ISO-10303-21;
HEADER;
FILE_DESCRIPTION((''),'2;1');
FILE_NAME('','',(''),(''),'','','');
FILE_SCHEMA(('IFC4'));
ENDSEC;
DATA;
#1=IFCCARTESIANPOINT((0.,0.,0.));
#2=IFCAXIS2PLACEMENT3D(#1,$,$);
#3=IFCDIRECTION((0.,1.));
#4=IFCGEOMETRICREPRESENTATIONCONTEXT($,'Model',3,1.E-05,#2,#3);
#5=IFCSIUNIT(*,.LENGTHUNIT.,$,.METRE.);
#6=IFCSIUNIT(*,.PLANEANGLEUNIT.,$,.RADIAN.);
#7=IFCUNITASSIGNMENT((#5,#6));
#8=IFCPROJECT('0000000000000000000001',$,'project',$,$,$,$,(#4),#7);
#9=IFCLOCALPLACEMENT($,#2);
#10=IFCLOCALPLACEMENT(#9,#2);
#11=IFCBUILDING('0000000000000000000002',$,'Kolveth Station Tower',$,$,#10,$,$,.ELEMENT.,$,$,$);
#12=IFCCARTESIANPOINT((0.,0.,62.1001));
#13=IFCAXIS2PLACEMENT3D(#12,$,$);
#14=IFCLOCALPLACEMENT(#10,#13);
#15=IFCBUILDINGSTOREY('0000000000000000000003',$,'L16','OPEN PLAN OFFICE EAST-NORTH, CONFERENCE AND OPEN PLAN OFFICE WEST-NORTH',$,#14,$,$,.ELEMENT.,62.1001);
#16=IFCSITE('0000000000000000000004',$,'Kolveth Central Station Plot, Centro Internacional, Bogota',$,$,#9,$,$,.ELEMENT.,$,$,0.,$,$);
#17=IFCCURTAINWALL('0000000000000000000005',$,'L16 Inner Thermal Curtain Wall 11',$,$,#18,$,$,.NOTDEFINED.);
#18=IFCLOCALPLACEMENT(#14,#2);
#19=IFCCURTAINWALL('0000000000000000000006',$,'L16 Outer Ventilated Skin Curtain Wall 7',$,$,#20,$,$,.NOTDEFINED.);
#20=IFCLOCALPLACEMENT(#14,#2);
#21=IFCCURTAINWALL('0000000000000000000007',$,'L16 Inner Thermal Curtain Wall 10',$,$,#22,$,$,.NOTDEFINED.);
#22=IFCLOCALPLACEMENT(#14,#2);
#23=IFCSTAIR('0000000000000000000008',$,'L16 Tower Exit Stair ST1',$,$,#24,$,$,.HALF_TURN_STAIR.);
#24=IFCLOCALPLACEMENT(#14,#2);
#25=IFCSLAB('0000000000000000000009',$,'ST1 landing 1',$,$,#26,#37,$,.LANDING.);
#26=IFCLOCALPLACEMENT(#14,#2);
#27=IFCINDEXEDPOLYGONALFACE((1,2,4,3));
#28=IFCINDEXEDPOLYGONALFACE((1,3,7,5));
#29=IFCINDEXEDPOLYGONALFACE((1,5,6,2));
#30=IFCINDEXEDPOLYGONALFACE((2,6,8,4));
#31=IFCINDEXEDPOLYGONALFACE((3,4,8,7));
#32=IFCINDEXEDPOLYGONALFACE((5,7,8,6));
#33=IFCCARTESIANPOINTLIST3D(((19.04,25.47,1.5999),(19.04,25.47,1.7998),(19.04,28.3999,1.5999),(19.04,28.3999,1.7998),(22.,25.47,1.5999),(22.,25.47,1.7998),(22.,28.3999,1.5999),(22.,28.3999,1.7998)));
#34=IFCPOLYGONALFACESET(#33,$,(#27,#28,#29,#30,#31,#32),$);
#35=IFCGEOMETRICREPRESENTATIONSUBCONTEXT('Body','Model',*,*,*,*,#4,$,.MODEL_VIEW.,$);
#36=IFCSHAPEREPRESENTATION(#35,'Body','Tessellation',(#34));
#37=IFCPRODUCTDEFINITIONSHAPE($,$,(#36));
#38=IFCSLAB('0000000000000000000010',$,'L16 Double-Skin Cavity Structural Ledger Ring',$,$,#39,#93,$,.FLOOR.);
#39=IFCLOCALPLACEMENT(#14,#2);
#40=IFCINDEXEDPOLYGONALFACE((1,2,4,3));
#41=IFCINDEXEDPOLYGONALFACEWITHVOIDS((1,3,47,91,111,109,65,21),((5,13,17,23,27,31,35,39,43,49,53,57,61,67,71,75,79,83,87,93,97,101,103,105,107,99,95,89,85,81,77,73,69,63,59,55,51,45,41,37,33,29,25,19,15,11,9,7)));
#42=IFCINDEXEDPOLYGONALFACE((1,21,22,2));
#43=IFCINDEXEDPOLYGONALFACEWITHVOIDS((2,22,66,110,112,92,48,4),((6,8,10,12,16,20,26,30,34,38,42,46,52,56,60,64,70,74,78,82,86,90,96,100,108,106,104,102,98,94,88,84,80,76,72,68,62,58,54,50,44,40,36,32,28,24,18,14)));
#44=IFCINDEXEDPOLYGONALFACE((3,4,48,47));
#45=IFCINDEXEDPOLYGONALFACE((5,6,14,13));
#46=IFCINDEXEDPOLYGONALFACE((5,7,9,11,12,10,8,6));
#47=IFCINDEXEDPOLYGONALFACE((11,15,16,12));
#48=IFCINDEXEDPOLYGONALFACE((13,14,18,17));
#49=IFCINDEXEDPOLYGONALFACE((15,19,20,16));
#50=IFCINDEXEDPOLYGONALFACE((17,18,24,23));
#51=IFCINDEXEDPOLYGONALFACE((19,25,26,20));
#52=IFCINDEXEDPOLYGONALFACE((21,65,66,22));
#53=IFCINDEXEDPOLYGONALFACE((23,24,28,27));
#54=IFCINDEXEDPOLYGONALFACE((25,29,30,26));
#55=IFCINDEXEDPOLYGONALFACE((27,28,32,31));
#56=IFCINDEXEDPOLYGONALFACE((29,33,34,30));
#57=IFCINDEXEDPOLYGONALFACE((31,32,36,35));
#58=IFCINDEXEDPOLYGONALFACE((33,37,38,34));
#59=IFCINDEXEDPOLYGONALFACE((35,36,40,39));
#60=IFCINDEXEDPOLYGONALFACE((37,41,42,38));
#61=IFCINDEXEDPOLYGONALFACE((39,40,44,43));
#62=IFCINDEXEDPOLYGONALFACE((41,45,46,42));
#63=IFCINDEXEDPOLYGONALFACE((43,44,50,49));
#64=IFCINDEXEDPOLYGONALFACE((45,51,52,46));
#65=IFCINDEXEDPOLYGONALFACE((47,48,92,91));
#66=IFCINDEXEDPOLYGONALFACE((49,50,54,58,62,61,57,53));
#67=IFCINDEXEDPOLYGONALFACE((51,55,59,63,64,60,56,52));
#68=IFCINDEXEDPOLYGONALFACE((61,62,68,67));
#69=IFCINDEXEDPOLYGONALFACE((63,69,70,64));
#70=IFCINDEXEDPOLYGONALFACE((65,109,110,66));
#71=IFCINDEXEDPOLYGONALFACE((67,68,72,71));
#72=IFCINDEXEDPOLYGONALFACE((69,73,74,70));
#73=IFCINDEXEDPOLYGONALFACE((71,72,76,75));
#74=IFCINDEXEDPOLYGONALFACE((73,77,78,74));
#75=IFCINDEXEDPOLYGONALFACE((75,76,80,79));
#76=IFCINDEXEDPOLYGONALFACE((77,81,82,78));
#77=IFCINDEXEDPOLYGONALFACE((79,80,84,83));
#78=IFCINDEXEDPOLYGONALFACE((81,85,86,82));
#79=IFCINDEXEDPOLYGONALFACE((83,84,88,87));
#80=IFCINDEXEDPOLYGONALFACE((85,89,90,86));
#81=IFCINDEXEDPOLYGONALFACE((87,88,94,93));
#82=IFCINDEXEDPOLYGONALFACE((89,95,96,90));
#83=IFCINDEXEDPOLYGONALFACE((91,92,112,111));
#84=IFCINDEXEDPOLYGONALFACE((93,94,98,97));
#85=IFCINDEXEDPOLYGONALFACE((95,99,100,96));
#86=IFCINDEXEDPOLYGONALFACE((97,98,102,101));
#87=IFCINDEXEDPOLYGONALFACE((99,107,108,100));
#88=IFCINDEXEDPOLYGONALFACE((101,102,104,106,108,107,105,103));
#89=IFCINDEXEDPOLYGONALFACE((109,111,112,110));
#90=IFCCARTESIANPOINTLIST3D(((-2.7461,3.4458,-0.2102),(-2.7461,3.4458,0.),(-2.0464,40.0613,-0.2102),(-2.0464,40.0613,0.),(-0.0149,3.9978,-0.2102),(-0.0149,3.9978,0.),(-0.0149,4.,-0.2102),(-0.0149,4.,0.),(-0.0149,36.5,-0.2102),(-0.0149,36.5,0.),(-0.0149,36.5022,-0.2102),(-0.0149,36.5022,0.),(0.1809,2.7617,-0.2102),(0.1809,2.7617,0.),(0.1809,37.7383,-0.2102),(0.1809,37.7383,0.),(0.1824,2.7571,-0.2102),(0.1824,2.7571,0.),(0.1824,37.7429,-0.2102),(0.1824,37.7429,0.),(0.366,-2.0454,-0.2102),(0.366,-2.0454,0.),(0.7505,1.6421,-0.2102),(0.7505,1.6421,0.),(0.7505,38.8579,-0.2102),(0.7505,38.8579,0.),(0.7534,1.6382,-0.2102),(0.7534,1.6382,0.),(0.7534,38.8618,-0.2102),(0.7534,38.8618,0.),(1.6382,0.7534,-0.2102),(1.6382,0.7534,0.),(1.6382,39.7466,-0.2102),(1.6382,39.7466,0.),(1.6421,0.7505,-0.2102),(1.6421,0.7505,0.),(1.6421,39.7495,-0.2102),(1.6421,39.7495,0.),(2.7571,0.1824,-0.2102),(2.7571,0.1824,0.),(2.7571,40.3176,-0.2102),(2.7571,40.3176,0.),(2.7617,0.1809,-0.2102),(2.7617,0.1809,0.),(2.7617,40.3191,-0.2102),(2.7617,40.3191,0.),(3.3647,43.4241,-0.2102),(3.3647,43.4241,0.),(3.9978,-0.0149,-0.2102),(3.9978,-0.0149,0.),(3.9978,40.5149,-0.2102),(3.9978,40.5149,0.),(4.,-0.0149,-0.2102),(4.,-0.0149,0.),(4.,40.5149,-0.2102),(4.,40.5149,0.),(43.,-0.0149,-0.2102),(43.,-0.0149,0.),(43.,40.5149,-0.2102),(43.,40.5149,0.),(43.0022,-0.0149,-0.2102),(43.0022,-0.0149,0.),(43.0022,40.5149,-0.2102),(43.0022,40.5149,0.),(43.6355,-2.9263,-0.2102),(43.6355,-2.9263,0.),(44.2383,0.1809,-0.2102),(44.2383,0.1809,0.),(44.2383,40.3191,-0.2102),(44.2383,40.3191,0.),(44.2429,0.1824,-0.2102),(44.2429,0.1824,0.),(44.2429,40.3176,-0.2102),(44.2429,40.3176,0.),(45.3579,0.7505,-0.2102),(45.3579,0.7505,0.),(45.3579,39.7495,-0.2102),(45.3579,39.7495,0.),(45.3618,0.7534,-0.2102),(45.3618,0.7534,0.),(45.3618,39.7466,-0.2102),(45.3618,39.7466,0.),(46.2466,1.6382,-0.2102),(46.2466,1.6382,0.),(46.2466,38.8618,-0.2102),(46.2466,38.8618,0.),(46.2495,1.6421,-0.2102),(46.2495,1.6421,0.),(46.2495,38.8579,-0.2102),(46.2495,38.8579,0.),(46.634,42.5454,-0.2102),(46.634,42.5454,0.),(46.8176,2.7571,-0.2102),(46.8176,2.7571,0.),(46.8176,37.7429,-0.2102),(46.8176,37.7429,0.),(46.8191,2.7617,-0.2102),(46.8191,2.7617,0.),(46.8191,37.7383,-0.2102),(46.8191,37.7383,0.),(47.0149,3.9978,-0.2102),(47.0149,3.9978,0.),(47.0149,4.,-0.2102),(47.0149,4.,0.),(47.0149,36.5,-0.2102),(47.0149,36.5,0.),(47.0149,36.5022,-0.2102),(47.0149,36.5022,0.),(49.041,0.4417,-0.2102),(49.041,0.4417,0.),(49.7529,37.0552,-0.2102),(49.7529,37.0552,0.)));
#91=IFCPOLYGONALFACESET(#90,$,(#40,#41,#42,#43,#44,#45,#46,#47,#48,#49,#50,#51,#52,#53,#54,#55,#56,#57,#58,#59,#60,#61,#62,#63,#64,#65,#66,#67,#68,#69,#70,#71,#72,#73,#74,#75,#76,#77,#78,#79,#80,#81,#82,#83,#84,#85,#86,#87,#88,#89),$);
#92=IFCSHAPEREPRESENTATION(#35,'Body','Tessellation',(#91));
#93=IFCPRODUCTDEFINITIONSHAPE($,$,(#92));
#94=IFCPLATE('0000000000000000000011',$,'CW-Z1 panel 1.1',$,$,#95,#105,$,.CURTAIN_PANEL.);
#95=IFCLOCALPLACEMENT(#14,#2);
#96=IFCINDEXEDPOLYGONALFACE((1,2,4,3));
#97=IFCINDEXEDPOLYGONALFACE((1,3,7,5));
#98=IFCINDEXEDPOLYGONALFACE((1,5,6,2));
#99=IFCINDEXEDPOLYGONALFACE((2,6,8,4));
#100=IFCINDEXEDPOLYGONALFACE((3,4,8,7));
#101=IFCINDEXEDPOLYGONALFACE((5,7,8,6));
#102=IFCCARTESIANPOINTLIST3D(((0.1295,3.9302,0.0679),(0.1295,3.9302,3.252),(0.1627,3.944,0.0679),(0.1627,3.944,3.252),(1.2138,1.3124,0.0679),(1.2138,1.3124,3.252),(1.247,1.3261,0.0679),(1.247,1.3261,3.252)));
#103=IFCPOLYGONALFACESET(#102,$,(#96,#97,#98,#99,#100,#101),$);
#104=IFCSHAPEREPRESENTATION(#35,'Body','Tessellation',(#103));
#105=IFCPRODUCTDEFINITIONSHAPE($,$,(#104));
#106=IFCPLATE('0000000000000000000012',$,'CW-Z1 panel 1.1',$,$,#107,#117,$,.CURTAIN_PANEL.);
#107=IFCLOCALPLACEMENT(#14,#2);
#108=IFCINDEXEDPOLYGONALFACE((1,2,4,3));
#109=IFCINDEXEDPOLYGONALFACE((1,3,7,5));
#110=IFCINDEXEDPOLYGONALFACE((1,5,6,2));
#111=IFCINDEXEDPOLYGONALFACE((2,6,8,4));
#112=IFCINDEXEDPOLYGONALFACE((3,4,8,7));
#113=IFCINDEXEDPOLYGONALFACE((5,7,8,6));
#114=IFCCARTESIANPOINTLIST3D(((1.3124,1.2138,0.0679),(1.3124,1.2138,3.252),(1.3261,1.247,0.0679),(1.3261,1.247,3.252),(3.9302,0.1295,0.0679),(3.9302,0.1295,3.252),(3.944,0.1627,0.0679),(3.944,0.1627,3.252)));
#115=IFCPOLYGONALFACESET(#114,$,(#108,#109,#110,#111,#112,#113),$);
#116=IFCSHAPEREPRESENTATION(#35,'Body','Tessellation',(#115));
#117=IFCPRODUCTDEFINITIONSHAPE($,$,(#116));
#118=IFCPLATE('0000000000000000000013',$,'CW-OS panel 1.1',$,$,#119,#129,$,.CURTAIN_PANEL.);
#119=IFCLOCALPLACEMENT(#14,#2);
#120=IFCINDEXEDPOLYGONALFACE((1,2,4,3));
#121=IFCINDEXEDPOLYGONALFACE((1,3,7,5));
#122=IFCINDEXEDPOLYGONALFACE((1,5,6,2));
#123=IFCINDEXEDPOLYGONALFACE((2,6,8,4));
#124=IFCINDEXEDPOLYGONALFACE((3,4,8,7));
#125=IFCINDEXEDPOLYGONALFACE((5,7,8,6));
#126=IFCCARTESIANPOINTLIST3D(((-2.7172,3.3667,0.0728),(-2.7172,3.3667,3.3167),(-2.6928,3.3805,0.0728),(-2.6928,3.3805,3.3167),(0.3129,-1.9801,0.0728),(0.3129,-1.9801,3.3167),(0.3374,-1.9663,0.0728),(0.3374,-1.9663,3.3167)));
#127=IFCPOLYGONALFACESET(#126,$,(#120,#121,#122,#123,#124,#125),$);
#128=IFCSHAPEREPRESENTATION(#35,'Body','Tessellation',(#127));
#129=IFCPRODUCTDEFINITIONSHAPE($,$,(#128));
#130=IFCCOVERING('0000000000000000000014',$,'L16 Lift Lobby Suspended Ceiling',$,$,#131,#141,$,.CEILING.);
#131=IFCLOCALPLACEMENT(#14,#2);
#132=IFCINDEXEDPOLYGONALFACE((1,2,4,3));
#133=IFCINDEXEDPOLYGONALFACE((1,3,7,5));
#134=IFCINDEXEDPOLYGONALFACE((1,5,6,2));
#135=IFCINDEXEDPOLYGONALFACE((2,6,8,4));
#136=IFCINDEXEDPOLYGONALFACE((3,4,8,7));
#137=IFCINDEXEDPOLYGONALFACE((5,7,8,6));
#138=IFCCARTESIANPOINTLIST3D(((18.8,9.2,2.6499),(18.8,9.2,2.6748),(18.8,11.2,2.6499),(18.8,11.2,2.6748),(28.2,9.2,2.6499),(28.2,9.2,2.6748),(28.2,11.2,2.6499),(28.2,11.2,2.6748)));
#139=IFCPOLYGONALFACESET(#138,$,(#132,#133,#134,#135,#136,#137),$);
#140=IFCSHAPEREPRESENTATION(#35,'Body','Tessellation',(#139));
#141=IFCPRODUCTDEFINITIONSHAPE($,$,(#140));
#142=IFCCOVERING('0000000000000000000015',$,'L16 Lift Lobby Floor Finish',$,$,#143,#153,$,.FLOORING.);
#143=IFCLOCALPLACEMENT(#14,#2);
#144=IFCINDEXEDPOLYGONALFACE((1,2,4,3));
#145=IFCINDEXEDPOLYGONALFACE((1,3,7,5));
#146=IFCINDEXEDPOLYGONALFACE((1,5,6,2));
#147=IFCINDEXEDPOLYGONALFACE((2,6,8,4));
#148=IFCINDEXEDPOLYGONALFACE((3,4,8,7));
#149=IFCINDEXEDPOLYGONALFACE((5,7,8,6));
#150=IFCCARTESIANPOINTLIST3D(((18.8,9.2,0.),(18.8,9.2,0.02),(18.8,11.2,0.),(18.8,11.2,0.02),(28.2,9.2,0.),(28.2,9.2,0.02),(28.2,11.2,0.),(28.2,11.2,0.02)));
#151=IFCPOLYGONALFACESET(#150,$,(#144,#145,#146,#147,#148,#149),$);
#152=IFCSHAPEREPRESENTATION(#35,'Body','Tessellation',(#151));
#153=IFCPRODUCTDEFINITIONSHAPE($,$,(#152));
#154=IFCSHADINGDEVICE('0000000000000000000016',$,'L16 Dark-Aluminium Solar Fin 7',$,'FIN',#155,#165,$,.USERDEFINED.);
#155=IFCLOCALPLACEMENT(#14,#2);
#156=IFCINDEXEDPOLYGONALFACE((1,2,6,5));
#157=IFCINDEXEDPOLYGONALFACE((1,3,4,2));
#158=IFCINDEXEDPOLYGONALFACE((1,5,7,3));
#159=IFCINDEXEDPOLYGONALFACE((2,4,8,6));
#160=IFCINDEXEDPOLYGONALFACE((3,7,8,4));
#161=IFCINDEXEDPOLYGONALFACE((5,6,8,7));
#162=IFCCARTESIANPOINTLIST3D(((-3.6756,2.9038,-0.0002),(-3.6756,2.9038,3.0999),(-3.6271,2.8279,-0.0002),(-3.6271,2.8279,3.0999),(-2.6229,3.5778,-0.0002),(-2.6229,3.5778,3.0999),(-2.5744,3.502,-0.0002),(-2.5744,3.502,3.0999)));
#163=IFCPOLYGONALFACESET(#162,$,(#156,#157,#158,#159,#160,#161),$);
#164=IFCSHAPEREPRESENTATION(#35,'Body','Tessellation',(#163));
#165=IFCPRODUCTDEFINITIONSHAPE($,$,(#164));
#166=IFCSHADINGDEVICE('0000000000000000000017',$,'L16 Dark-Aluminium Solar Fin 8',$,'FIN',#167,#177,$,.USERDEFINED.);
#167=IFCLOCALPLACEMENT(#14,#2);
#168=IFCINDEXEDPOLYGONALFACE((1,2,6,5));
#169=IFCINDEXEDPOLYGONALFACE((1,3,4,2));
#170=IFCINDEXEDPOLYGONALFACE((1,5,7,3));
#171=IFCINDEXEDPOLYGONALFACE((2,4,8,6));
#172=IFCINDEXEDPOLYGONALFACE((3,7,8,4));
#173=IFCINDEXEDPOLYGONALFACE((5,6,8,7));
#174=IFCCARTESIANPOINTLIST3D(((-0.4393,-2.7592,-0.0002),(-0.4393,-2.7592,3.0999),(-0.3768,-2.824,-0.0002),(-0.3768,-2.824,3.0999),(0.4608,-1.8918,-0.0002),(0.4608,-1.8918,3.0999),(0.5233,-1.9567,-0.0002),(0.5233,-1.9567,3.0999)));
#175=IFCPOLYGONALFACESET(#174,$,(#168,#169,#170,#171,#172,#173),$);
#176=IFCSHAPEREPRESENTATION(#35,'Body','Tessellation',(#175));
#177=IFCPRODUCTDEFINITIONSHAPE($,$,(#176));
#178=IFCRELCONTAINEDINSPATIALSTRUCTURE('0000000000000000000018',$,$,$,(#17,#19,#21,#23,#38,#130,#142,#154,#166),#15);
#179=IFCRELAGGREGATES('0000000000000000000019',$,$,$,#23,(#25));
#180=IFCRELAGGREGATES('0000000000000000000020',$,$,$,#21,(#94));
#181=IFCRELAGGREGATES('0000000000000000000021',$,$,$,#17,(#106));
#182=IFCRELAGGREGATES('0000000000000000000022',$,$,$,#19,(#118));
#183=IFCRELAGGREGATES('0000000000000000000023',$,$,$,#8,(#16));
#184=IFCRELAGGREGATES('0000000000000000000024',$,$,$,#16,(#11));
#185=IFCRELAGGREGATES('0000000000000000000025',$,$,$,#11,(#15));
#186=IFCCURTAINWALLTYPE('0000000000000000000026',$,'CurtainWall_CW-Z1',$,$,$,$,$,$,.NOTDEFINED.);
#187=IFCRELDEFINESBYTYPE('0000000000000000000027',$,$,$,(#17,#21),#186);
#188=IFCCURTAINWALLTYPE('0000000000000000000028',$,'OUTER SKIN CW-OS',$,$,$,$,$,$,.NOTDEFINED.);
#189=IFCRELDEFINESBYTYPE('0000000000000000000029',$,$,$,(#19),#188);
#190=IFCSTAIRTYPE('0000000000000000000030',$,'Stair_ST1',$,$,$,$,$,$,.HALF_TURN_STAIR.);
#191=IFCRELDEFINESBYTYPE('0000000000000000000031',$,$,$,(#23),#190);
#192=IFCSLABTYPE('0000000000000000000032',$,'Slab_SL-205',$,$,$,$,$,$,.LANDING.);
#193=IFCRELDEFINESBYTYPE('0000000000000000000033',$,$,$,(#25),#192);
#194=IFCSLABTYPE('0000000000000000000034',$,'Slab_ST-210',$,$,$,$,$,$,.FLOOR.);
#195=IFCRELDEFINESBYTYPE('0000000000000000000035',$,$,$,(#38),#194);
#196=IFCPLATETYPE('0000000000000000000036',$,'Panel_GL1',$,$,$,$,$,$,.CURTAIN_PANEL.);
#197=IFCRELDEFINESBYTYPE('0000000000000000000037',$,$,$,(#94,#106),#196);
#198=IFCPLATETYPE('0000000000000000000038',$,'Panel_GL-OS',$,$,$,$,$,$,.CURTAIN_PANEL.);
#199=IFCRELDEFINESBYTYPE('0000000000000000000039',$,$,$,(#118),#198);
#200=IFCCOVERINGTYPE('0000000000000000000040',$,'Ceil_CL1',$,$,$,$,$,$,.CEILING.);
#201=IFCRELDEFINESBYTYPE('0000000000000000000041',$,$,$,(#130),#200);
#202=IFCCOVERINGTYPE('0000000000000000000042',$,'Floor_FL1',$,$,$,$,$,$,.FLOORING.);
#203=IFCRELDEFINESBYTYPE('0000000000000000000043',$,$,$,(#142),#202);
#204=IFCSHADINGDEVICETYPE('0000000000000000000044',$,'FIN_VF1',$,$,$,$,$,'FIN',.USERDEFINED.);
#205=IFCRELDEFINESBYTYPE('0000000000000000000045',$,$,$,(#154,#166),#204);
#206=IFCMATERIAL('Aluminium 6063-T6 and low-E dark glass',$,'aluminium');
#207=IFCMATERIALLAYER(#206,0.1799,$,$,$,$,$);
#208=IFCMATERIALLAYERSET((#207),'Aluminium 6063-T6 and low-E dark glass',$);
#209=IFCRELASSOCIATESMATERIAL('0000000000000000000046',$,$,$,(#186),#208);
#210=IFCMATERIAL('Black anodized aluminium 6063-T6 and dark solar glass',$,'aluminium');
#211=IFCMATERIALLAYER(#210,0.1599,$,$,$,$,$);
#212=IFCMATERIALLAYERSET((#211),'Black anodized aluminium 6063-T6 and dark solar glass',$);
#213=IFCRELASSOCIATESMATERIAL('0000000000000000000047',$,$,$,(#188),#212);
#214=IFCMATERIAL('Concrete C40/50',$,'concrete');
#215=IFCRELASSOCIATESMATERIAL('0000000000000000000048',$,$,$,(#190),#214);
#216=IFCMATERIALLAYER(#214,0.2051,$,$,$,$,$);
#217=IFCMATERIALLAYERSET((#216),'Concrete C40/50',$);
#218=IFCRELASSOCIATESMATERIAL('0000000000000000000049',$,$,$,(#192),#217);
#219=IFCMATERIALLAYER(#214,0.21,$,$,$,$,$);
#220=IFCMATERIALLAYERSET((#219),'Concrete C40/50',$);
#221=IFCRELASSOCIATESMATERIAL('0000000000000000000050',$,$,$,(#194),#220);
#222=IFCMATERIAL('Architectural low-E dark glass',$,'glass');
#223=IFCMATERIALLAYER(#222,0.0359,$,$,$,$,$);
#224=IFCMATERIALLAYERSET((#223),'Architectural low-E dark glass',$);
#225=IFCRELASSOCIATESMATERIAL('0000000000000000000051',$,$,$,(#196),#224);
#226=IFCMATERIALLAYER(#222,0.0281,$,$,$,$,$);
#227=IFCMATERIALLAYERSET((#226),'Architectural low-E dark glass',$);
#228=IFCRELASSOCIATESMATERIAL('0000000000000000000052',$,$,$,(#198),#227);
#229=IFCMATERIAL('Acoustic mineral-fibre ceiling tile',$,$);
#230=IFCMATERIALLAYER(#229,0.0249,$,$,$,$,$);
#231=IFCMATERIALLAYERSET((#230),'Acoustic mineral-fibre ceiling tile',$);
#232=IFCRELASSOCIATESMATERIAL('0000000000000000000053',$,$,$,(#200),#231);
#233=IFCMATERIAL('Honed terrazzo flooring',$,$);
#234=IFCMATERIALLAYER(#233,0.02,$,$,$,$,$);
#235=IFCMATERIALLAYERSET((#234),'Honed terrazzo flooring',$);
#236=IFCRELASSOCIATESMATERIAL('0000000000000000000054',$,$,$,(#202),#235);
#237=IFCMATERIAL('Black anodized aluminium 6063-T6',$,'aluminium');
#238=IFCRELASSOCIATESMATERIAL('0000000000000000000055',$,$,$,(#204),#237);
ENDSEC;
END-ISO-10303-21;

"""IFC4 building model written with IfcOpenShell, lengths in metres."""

from ifc_helpers import new_model, si_unit, direction, frame, origin, origin_2d, place, context, subcontext, project, spatial, polyline, rectangle, outline, extrude, source, transform, mapped, material, layer, layer_set, type_object, element, aggregate, save


model = new_model("IFC4")

# Units and contexts
model_context = context("Model", 3, precision=1e-05, world=origin(), true_north=direction((0.0, 1.0)))
body_context = subcontext(model_context, "Body", "Model", "MODEL_VIEW")
ifc_project = project(units=[si_unit("LENGTHUNIT", "METRE"), si_unit("PLANEANGLEUNIT", "RADIAN")], contexts=[model_context])

# Site, building, storey
site_placement = place(None, origin())
site = spatial("IfcSite", under=ifc_project, at=site_placement, Name="Kolveth Central Station Plot, Centro Internacional, Bogota", CompositionType="ELEMENT", RefElevation=0.0)
building_placement = place(site_placement, origin())
building = spatial("IfcBuilding", under=site, at=building_placement, Name="Kolveth Station Tower", CompositionType="ELEMENT")
storey_placement = place(building_placement, frame((0.0, 0.0, 62.1001)))
storey = spatial("IfcBuildingStorey", under=building, at=storey_placement, Name="L16", Description="OPEN PLAN OFFICE EAST-NORTH, CONFERENCE AND OPEN PLAN OFFICE WEST-NORTH", CompositionType="ELEMENT", Elevation=62.1001)

# Curtain wall
ifc_material_1 = material(Name="Aluminium 6063-T6 and low-E dark glass", Category="aluminium")
ifc_layer_1 = layer(ifc_material_1, 0.1799)
ifc_layer_set_1 = layer_set([ifc_layer_1], Name="Aluminium 6063-T6 and low-E dark glass")
curtain_wall_type_1 = type_object("IfcCurtainWallType", Name="CurtainWall_CW-Z1", PredefinedType="NOTDEFINED", material=ifc_layer_set_1)
curtain_wall_1_placement = place(storey_placement, origin())
curtain_wall_1 = element("IfcCurtainWall", 1, at=curtain_wall_1_placement, inside=storey, type_object=curtain_wall_type_1, Name="L16 Inner Thermal Curtain Wall 11", PredefinedType="NOTDEFINED")
ifc_material_2 = material(Name="Black anodized aluminium 6063-T6", Category="aluminium")

# Curtain walls
ifc_material_3 = material(Name="Black anodized aluminium 6063-T6 and dark solar glass", Category="aluminium")
ifc_layer_2 = layer(ifc_material_3, 0.1599)
ifc_layer_set_2 = layer_set([ifc_layer_2], Name="Black anodized aluminium 6063-T6 and dark solar glass")
curtain_wall_type_2 = type_object("IfcCurtainWallType", Name="OUTER SKIN CW-OS", PredefinedType="NOTDEFINED", material=ifc_layer_set_2)
curtain_wall_2_placement = place(storey_placement, origin())
curtain_wall_2 = element("IfcCurtainWall", 2, at=curtain_wall_2_placement, inside=storey, type_object=curtain_wall_type_2, Name="L16 Outer Ventilated Skin Curtain Wall 7", PredefinedType="NOTDEFINED")
curtain_wall_3_placement = place(storey_placement, origin())
curtain_wall_3 = element("IfcCurtainWall", 3, at=curtain_wall_3_placement, inside=storey, type_object=curtain_wall_type_1, Name="L16 Inner Thermal Curtain Wall 10", PredefinedType="NOTDEFINED")

# Stair, slab
ifc_material_4 = material(Name="Concrete C40/50", Category="concrete")
stair_type_1 = type_object("IfcStairType", Name="Stair_ST1", PredefinedType="HALF_TURN_STAIR", material=ifc_material_4)
stair_1_placement = place(storey_placement, origin())
stair_1 = element("IfcStair", 4, at=stair_1_placement, inside=storey, type_object=stair_type_1, Name="L16 Tower Exit Stair ST1", PredefinedType="HALF_TURN_STAIR")
ifc_layer_3 = layer(ifc_material_4, 0.2051)
ifc_layer_set_3 = layer_set([ifc_layer_3], Name="Concrete C40/50")
slab_type_1 = type_object("IfcSlabType", Name="Slab_SL-205", PredefinedType="LANDING", material=ifc_layer_set_3)
slab_1_placement = place(storey_placement, frame((0.0, 0.0, 1.5999)))
slab_1 = element("IfcSlab", 5, at=slab_1_placement, type_object=slab_type_1, Name="ST1 landing 1", PredefinedType="LANDING", context=body_context, shape_type="SweptSolid", body=[
    extrude(outline(polyline([(22.0, 25.47), (22.0, 28.3999), (19.04, 28.3999), (19.04, 25.47), (22.0, 25.47)])), origin(), (0.0, 0.0, 1.0), 0.2),
])
aggregate(stair_1, [slab_1])

# Slab
ifc_layer_4 = layer(ifc_material_4, 0.21)
ifc_layer_set_4 = layer_set([ifc_layer_4], Name="Concrete C40/50")
slab_type_2 = type_object("IfcSlabType", Name="Slab_ST-210", PredefinedType="FLOOR", material=ifc_layer_set_4)
slab_2_placement = place(storey_placement, frame((0.0, 0.0, -0.2102)))
element("IfcSlab", 6, at=slab_2_placement, inside=storey, type_object=slab_type_2, Name="L16 Double-Skin Cavity Structural Ledger Ring", PredefinedType="FLOOR", context=body_context, shape_type="SweptSolid", body=[
    extrude(outline(polyline([(0.366, -2.0454), (-2.7461, 3.4458), (-2.0464, 40.0613), (3.3647, 43.4241), (46.634, 42.5454), (49.7529, 37.0552), (49.041, 0.4417), (43.6355, -2.9263), (0.366, -2.0454)]), holes=[polyline([(43.0022, -0.0149), (44.2383, 0.1809), (44.2429, 0.1824), (45.3579, 0.7505), (45.3618, 0.7534), (46.2466, 1.6382), (46.2495, 1.6421), (46.8176, 2.7571), (46.8191, 2.7617), (47.0149, 3.9978), (47.0149, 4.0), (47.0149, 36.5), (47.0149, 36.5022), (46.8191, 37.7383), (46.8176, 37.7429), (46.2495, 38.8579), (46.2466, 38.8618), (45.3618, 39.7466), (45.3579, 39.7495), (44.2429, 40.3176), (44.2383, 40.3191), (43.0022, 40.5149), (43.0, 40.5149), (4.0, 40.5149), (3.9978, 40.5149), (2.7617, 40.3191), (2.7571, 40.3176), (1.6421, 39.7495), (1.6382, 39.7466), (0.7534, 38.8618), (0.7505, 38.8579), (0.1824, 37.7429), (0.1809, 37.7383), (-0.0149, 36.5022), (-0.0149, 36.5), (-0.0149, 4.0), (-0.0149, 3.9978), (0.1809, 2.7617), (0.1824, 2.7571), (0.7505, 1.6421), (0.7534, 1.6382), (1.6382, 0.7534), (1.6421, 0.7505), (2.7571, 0.1824), (2.7617, 0.1809), (3.9978, -0.0149), (4.0, -0.0149), (43.0, -0.0149), (43.0022, -0.0149)])]), origin(), (0.0, 0.0, 1.0), 0.2102),
])

# Plates
ifc_material_5 = material(Name="Architectural low-E dark glass", Category="glass")
ifc_layer_5 = layer(ifc_material_5, 0.0359)
ifc_layer_set_5 = layer_set([ifc_layer_5], Name="Architectural low-E dark glass")
plate_type_1 = type_object("IfcPlateType", Name="Panel_GL1", PredefinedType="CURTAIN_PANEL", material=ifc_layer_set_5)
shared_shape_1 = source(origin(), body_context, "Body", "SweptSolid", [
    extrude(rectangle(XDim=2.8335, YDim=0.0359, at=origin_2d()), origin(), (0.0, 0.0, 1.0), 3.1841),
])
plate_1_placement = place(storey_placement, frame((0.6882, 2.6282, 0.0679), z_axis=(0.0, 0.0, 1.0), x_axis=(0.382673, -0.923884, 0.0)))
plate_1 = element("IfcPlate", 7, at=plate_1_placement, type_object=plate_type_1, Name="CW-Z1 panel 1.1", PredefinedType="CURTAIN_PANEL", context=body_context, shape_type="MappedRepresentation", body=[
    mapped(shared_shape_1, transform((0.0, 0.0, 0.0), x_axis=(1.0, 0.0, 0.0), y_axis=(0.0, 1.0, 0.0), z_axis=(0.0, 0.0, 1.0), scale=1.0)),
])
aggregate(curtain_wall_3, [plate_1])
plate_2_placement = place(storey_placement, frame((2.6282, 0.6882, 0.0679), z_axis=(0.0, 0.0, 1.0), x_axis=(0.923884, -0.382673, 0.0)))
plate_2 = element("IfcPlate", 8, at=plate_2_placement, type_object=plate_type_1, Name="CW-Z1 panel 1.1", PredefinedType="CURTAIN_PANEL", context=body_context, shape_type="MappedRepresentation", body=[
    mapped(shared_shape_1, transform((0.0, 0.0, 0.0), x_axis=(1.0, 0.0, 0.0), y_axis=(0.0, 1.0, 0.0), z_axis=(0.0, 0.0, 1.0), scale=1.0)),
])
aggregate(curtain_wall_1, [plate_2])
ifc_layer_6 = layer(ifc_material_5, 0.0281)
ifc_layer_set_6 = layer_set([ifc_layer_6], Name="Architectural low-E dark glass")
plate_type_2 = type_object("IfcPlateType", Name="Panel_GL-OS", PredefinedType="CURTAIN_PANEL", material=ifc_layer_set_6)
shared_shape_2 = source(origin(), body_context, "Body", "SweptSolid", [
    extrude(rectangle(XDim=6.1458, YDim=0.0281, at=origin_2d()), origin(), (0.0, 0.0, 1.0), 3.2439),
])
plate_3_placement = place(storey_placement, frame((-1.1899, 0.7002, 0.0728), z_axis=(0.0, 0.0, 1.0), x_axis=(0.493051, -0.87, 0.0)))
plate_3 = element("IfcPlate", 9, at=plate_3_placement, type_object=plate_type_2, Name="CW-OS panel 1.1", PredefinedType="CURTAIN_PANEL", context=body_context, shape_type="MappedRepresentation", body=[
    mapped(shared_shape_2, transform((0.0, 0.0, 0.0), x_axis=(1.0, 0.0, 0.0), y_axis=(0.0, 1.0, 0.0), z_axis=(0.0, 0.0, 1.0), scale=1.0)),
])
aggregate(curtain_wall_2, [plate_3])

# Coverings
ifc_material_6 = material(Name="Acoustic mineral-fibre ceiling tile")
ifc_layer_7 = layer(ifc_material_6, 0.0249)
ifc_layer_set_7 = layer_set([ifc_layer_7], Name="Acoustic mineral-fibre ceiling tile")
covering_type_1 = type_object("IfcCoveringType", Name="Ceil_CL1", PredefinedType="CEILING", material=ifc_layer_set_7)
covering_1_placement = place(storey_placement, frame((0.0, 0.0, 2.6499)))
element("IfcCovering", 10, at=covering_1_placement, inside=storey, type_object=covering_type_1, Name="L16 Lift Lobby Suspended Ceiling", PredefinedType="CEILING", context=body_context, shape_type="SweptSolid", body=[
    extrude(outline(polyline([(18.8, 9.2), (28.2, 9.2), (28.2, 11.2), (18.8, 11.2), (18.8, 9.2)])), origin(), (0.0, 0.0, 1.0), 0.0249),
])
ifc_material_7 = material(Name="Honed terrazzo flooring")
ifc_layer_8 = layer(ifc_material_7, 0.02)
ifc_layer_set_8 = layer_set([ifc_layer_8], Name="Honed terrazzo flooring")
covering_type_2 = type_object("IfcCoveringType", Name="Floor_FL1", PredefinedType="FLOORING", material=ifc_layer_set_8)
covering_2_placement = place(storey_placement, origin())
element("IfcCovering", 11, at=covering_2_placement, inside=storey, type_object=covering_type_2, Name="L16 Lift Lobby Floor Finish", PredefinedType="FLOORING", context=body_context, shape_type="SweptSolid", body=[
    extrude(outline(polyline([(18.8, 9.2), (28.2, 9.2), (28.2, 11.2), (18.8, 11.2), (18.8, 9.2)])), origin(), (0.0, 0.0, 1.0), 0.02),
])

# Shading devices
shading_device_type = type_object("IfcShadingDeviceType", Name="FIN_VF1", ElementType="FIN", PredefinedType="USERDEFINED", material=ifc_material_2)
shared_shape_3 = source(origin(), body_context, "Body", "SweptSolid", [
    extrude(rectangle(XDim=1.25, YDim=0.0901, at=origin_2d()), origin(), (0.0, 0.0, 1.0), 3.1001),
])
for number, where, z_axis, x_axis, name in (
    (12, (-3.125, 3.2029, -0.0002), (0.0, 0.0, 1.0), (-0.84217, -0.539212, 0.0), "L16 Dark-Aluminium Solar Fin 7"),
    (13, (0.042, -2.3579, -0.0002), (0.0, 0.0, 1.0), (-0.720067, -0.693905, 0.0), "L16 Dark-Aluminium Solar Fin 8"),
):
    element("IfcShadingDevice", number, at=place(storey_placement, frame(where, z_axis=z_axis, x_axis=x_axis)), inside=storey, type_object=shading_device_type, Name=name, ObjectType="FIN", PredefinedType="USERDEFINED", context=body_context, shape_type="MappedRepresentation", body=[
        mapped(shared_shape_3, transform((0.0, 0.0, 0.0), x_axis=(1.0, 0.0, 0.0), y_axis=(0.0, 1.0, 0.0), z_axis=(0.0, 0.0, 1.0), scale=1.0)),
    ])

save(model, "model.ifc")
